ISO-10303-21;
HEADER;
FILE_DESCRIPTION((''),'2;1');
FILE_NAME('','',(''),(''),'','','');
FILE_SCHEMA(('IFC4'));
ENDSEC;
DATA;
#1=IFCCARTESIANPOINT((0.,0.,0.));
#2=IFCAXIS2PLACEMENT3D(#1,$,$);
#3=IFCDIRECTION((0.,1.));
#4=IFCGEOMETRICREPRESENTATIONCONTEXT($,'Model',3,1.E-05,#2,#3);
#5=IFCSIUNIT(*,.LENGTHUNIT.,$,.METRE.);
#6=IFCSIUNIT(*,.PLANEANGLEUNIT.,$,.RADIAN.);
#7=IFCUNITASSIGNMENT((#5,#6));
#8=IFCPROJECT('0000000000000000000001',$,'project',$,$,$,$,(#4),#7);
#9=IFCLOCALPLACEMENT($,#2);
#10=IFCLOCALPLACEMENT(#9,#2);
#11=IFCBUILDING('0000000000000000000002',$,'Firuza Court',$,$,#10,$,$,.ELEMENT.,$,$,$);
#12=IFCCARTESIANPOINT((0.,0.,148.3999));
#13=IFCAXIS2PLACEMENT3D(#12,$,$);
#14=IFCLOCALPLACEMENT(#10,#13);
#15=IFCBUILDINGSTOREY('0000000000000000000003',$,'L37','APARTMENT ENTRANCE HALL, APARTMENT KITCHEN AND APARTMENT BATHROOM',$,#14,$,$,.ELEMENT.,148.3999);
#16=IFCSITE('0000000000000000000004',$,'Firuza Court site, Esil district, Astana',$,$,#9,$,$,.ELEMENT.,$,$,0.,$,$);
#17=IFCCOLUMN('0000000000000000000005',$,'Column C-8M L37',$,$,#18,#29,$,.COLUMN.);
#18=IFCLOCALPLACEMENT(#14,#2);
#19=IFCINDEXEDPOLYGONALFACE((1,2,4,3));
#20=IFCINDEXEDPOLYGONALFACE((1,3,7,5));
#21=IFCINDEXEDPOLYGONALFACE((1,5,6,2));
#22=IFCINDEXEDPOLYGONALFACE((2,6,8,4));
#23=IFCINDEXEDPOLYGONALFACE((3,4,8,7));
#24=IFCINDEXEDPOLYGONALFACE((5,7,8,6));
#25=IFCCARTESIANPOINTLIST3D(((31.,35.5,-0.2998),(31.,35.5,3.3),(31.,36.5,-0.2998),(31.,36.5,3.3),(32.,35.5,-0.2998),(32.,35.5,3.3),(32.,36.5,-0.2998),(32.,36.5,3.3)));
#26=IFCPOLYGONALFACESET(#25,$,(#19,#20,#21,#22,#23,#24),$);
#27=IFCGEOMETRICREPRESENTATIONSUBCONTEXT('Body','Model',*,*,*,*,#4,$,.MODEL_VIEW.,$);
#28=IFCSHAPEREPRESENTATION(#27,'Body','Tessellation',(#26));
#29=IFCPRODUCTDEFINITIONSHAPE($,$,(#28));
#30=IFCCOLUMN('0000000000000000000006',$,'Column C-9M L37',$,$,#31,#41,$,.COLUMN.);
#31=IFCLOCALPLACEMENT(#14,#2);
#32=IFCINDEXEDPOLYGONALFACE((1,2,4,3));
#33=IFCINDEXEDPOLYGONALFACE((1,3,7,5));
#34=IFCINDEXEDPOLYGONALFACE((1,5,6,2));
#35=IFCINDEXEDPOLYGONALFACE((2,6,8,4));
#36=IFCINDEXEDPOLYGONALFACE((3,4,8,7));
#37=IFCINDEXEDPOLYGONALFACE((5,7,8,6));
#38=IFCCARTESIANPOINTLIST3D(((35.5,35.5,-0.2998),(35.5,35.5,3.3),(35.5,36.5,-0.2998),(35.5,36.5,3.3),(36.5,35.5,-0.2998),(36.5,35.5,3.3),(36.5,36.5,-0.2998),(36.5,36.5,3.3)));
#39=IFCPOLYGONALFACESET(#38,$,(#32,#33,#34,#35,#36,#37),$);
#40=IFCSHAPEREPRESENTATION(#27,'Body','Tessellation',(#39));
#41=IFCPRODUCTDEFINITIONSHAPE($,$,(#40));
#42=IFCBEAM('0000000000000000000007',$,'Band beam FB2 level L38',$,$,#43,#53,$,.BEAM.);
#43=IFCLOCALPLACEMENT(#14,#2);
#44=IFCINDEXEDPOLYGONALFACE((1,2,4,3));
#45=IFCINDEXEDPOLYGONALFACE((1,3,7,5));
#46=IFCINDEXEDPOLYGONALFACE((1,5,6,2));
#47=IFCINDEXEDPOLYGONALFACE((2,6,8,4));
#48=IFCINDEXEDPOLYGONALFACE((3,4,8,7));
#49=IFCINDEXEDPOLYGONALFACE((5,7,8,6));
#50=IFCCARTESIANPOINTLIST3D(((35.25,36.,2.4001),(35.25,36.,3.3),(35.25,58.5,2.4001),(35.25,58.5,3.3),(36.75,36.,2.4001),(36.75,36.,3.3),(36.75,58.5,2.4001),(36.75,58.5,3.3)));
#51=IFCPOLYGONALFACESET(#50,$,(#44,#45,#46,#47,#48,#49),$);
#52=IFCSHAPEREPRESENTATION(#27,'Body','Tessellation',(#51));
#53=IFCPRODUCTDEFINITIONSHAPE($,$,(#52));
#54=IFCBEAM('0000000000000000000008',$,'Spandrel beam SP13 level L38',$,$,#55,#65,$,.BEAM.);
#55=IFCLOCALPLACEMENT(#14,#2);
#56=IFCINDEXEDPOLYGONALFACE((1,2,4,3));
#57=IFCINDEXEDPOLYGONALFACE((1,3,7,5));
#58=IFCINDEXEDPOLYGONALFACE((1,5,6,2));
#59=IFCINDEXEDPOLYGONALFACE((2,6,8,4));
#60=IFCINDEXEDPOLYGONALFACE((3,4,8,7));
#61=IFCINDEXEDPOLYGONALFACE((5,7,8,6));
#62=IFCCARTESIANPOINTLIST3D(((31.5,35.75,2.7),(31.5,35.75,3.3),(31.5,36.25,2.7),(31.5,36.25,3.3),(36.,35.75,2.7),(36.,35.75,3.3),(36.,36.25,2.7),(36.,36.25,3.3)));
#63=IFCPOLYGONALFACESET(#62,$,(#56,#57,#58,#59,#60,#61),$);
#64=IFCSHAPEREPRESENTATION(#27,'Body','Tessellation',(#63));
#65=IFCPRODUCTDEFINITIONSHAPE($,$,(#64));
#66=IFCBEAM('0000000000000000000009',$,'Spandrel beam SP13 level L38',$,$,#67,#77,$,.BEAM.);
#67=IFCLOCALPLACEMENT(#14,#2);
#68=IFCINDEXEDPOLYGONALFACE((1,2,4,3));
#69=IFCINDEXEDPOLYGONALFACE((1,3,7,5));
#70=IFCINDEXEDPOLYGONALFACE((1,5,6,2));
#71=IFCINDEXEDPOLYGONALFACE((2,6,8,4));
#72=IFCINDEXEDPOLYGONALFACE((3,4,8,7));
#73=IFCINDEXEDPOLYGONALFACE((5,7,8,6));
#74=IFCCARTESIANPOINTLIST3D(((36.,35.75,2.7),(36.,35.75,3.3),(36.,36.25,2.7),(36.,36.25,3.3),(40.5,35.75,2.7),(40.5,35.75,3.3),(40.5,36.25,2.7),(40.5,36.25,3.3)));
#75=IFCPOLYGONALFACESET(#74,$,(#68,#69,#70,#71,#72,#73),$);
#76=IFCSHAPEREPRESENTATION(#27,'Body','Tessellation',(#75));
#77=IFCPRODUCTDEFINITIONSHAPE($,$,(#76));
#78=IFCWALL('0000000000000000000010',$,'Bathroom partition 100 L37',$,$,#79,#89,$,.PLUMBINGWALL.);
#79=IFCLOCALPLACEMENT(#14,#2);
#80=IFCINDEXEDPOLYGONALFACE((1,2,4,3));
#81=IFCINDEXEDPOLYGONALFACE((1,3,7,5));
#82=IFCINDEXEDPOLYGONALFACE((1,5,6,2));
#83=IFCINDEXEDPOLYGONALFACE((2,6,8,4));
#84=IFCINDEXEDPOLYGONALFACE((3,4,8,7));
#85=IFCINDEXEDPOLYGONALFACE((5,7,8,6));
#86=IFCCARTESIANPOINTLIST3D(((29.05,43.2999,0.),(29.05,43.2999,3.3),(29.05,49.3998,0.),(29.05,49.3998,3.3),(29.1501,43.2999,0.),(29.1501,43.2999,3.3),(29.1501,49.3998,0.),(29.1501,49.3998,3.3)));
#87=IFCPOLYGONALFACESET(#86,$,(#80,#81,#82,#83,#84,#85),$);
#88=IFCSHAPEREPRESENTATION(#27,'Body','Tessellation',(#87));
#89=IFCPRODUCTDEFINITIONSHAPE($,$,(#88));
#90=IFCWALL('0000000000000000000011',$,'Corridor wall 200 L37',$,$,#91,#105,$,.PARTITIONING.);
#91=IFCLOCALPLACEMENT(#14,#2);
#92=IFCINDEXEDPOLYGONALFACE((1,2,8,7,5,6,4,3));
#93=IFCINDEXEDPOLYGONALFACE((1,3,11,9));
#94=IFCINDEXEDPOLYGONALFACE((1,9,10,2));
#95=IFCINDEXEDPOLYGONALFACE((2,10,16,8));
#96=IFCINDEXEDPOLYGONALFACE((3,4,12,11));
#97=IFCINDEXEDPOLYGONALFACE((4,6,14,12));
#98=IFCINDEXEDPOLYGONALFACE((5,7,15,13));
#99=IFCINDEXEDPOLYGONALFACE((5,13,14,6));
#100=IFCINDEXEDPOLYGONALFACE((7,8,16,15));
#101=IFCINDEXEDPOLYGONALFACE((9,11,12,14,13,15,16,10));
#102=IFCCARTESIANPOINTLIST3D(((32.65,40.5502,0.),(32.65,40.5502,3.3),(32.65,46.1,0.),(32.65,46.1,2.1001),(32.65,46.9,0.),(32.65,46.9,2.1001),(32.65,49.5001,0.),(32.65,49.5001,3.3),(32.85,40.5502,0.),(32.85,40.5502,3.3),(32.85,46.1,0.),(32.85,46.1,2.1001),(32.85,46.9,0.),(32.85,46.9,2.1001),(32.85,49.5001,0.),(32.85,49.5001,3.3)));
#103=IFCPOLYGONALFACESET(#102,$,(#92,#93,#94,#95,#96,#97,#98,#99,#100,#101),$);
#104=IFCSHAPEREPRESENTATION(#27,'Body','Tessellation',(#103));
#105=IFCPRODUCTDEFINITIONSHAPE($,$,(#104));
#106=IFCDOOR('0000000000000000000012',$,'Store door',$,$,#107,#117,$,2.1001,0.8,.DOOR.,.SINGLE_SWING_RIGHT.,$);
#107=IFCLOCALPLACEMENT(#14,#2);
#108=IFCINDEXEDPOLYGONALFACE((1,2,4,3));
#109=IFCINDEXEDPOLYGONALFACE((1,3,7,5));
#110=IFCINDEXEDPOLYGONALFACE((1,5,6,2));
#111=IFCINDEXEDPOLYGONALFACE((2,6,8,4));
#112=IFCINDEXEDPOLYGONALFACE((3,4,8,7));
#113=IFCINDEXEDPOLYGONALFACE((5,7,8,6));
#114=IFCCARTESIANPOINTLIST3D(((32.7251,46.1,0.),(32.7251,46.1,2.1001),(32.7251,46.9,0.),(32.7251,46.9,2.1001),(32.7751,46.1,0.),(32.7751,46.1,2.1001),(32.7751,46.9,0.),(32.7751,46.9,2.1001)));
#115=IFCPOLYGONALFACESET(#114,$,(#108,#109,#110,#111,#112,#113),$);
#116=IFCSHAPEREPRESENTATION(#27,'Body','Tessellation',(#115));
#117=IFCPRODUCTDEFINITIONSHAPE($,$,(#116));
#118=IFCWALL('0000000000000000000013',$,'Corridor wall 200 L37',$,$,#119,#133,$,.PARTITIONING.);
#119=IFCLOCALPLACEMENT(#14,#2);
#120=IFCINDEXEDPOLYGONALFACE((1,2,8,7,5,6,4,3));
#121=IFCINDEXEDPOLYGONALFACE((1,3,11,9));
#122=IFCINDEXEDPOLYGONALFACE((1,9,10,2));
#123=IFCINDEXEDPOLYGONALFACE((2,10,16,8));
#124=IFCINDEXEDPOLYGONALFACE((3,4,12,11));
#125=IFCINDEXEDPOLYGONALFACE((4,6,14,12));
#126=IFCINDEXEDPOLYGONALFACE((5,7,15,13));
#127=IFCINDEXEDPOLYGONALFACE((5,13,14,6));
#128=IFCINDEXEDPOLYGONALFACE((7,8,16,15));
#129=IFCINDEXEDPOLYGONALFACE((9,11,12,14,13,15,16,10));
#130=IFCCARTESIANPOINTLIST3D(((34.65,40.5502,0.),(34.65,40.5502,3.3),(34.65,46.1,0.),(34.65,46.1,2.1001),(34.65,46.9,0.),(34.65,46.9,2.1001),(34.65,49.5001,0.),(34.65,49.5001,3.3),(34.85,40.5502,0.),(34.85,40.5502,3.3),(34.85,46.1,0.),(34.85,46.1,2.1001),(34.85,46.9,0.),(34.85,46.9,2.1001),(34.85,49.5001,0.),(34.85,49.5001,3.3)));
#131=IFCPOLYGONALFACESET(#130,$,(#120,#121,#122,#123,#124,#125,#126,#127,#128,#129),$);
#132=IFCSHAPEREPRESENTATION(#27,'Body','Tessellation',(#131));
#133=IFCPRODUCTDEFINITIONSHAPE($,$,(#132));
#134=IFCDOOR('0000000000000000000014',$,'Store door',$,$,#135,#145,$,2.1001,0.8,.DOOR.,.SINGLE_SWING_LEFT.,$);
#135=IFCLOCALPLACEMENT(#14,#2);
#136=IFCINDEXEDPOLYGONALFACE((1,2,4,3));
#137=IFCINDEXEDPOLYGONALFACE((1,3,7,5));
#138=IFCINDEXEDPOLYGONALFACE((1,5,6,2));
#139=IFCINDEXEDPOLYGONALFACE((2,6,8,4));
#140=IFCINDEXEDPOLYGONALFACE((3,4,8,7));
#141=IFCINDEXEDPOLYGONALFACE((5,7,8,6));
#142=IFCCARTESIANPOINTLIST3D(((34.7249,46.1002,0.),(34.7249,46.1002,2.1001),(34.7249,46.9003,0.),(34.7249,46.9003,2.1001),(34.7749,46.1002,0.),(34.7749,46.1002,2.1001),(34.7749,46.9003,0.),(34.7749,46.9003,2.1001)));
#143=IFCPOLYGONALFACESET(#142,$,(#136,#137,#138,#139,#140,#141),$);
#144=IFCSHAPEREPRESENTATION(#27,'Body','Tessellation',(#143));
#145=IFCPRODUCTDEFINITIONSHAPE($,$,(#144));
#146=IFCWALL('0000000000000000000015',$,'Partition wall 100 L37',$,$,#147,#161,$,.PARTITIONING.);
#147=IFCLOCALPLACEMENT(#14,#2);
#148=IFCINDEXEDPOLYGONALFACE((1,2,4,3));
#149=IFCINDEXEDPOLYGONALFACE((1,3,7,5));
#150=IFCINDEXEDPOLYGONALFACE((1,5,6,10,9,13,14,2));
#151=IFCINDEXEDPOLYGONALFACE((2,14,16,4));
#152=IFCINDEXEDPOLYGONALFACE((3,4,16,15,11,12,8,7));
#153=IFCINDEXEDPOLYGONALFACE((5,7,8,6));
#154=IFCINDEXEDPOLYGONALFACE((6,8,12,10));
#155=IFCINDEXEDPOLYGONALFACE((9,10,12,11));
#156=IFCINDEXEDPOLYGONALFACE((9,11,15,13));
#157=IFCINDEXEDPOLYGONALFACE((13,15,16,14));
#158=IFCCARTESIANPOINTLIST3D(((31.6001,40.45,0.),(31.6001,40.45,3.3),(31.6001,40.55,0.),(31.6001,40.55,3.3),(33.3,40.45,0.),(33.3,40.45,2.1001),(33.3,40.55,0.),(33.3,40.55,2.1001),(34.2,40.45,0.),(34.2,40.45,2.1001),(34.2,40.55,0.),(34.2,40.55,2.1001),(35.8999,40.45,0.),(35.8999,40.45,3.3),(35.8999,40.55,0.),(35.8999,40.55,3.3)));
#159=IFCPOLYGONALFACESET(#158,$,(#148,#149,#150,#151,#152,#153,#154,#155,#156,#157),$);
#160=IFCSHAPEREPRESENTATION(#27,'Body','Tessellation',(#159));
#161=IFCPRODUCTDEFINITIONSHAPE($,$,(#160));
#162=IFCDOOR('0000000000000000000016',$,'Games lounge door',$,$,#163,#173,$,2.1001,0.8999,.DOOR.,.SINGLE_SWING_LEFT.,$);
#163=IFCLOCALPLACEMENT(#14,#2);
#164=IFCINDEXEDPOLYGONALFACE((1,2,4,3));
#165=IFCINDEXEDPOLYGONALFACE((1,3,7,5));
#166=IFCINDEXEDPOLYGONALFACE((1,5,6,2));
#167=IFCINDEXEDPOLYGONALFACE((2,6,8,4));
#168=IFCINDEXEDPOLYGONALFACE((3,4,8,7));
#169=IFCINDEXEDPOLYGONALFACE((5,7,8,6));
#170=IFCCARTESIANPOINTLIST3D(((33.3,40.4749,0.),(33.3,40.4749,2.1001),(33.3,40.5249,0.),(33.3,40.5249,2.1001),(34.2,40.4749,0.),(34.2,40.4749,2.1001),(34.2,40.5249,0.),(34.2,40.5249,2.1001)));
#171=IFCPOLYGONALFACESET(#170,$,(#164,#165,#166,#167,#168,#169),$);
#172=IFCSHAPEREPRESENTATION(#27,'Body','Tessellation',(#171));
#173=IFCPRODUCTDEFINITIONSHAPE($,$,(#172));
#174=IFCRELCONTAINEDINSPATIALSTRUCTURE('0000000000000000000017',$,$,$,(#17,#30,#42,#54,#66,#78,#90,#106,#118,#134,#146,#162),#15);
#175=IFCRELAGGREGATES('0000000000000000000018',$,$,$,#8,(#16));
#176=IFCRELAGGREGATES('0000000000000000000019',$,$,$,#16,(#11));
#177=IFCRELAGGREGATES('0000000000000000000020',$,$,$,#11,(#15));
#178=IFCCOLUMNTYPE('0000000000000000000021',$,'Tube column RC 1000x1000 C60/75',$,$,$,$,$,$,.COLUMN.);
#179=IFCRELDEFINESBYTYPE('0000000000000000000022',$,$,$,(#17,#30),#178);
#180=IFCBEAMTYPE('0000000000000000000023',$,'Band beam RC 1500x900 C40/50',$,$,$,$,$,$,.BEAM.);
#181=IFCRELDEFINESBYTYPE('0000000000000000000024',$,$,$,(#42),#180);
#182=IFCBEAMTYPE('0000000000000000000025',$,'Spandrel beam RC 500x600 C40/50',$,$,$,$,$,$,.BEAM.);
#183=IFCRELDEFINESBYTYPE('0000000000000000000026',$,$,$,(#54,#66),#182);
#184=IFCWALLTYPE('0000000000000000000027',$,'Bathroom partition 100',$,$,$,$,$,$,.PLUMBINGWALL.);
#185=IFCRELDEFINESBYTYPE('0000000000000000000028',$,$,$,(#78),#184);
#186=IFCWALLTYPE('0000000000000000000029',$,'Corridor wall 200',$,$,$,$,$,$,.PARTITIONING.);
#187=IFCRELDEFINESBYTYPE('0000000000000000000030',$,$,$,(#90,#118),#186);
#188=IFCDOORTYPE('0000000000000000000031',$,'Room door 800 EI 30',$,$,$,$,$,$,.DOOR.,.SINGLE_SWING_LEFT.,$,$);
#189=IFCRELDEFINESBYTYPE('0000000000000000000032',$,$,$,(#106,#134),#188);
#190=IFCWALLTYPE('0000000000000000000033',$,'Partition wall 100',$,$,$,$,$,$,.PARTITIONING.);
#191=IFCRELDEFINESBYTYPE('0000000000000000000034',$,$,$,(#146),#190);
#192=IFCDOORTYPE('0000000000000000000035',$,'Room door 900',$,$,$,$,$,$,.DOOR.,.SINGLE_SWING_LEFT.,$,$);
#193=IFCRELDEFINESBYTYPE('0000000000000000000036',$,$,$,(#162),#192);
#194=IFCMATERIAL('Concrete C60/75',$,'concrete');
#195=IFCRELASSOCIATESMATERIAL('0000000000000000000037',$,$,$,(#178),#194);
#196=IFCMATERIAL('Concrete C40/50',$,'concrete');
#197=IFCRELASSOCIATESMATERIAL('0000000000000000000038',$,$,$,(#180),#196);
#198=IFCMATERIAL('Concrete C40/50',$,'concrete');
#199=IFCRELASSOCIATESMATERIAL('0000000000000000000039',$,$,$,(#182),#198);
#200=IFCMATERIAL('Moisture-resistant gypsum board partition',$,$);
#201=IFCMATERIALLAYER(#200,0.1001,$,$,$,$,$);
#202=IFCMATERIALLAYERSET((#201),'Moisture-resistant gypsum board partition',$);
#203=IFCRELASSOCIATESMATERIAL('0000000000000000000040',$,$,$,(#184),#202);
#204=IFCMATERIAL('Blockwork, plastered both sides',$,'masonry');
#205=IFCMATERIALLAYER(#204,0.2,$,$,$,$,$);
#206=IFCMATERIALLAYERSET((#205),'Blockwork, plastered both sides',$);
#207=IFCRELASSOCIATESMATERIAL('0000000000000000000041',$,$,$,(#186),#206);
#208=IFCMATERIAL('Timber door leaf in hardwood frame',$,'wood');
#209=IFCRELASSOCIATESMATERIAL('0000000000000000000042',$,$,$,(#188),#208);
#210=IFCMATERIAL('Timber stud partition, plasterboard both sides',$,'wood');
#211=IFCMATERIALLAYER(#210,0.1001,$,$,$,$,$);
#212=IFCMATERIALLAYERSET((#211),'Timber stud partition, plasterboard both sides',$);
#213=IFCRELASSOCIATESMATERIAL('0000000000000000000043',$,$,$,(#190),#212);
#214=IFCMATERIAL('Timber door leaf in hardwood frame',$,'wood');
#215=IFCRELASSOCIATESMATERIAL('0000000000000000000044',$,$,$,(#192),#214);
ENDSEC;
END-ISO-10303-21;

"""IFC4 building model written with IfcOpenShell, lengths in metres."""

from ifc_helpers import new_model, si_unit, direction, frame, frame_2d, origin, origin_2d, place, context, subcontext, project, spatial, rectangle, extrude, material, layer, layer_set, material_profile, profile_set, type_object, element, fill, save


model = new_model("IFC4")

# Units and contexts
model_context = context("Model", 3, precision=1e-05, world=origin(), true_north=direction((0.0, 1.0)))
body_context = subcontext(model_context, "Body", "Model", "MODEL_VIEW")
ifc_project = project(units=[si_unit("LENGTHUNIT", "METRE"), si_unit("PLANEANGLEUNIT", "RADIAN")], contexts=[model_context])

# Site, building, storey
site_placement = place(None, origin())
site = spatial("IfcSite", under=ifc_project, at=site_placement, Name="Firuza Court site, Esil district, Astana", CompositionType="ELEMENT", RefElevation=0.0)
building_placement = place(site_placement, origin())
building = spatial("IfcBuilding", under=site, at=building_placement, Name="Firuza Court", CompositionType="ELEMENT")
storey_placement = place(building_placement, frame((0.0, 0.0, 148.3999)))
storey = spatial("IfcBuildingStorey", under=building, at=storey_placement, Name="L37", Description="APARTMENT ENTRANCE HALL, APARTMENT KITCHEN AND APARTMENT BATHROOM", CompositionType="ELEMENT", Elevation=148.3999)

# Columns
ifc_material_1 = material(Name="Concrete C60/75", Category="concrete")
ifc_material_profile_1 = material_profile(ifc_material_1, rectangle(XDim=1.0, YDim=1.0, at=origin_2d()), Name="RC 1000x1000")
ifc_profile_set_1 = profile_set([ifc_material_profile_1], Name="Concrete C60/75")
column_type = type_object("IfcColumnType", Name="Tube column RC 1000x1000 C60/75", PredefinedType="COLUMN", material=ifc_profile_set_1)
for number, where, z_axis, x_axis, name in (
    (1, (31.5, 36.0, -0.2998), (0.0, 0.0, 1.0), (1.0, 0.0, 0.0), "Column C-8M L37"),
    (2, (36.0, 36.0, -0.2998), (0.0, 0.0, 1.0), (1.0, 0.0, 0.0), "Column C-9M L37"),
):
    element("IfcColumn", number, at=place(storey_placement, frame(where, z_axis=z_axis, x_axis=x_axis)), inside=storey, type_object=column_type, Name=name, PredefinedType="COLUMN", context=body_context, shape_type="SweptSolid", body=[
        extrude(rectangle(XDim=1.0, YDim=1.0, at=origin_2d()), origin(), (0.0, 0.0, 1.0), 3.5999),
    ])

# Beams
ifc_material_2 = material(Name="Concrete C40/50", Category="concrete")
ifc_material_profile_2 = material_profile(ifc_material_2, rectangle(XDim=1.5, YDim=0.8999, at=origin_2d()), Name="RC 1500x900")
ifc_profile_set_2 = profile_set([ifc_material_profile_2], Name="Concrete C40/50")
beam_type_1 = type_object("IfcBeamType", Name="Band beam RC 1500x900 C40/50", PredefinedType="BEAM", material=ifc_profile_set_2)
beam_placement = place(storey_placement, frame((36.0, 36.0, 2.8501), z_axis=(0.0, 1.0, 0.0), x_axis=(-1.0, 0.0, 0.0)))
element("IfcBeam", 3, at=beam_placement, inside=storey, type_object=beam_type_1, Name="Band beam FB2 level L38", PredefinedType="BEAM", context=body_context, shape_type="SweptSolid", body=[
    extrude(rectangle(XDim=1.5, YDim=0.8999, at=origin_2d()), origin(), (0.0, 0.0, 1.0), 22.5),
])
ifc_material_3 = material(Name="Concrete C40/50", Category="concrete")
ifc_material_profile_3 = material_profile(ifc_material_3, rectangle(XDim=0.5, YDim=0.6001, at=origin_2d()), Name="RC 500x600")
ifc_profile_set_3 = profile_set([ifc_material_profile_3], Name="Concrete C40/50")
beam_type_2 = type_object("IfcBeamType", Name="Spandrel beam RC 500x600 C40/50", PredefinedType="BEAM", material=ifc_profile_set_3)
for number, where, z_axis, x_axis, name in (
    (4, (31.5, 36.0, 3.0), (1.0, 0.0, 0.0), (0.0, 1.0, 0.0), "Spandrel beam SP13 level L38"),
    (5, (36.0, 36.0, 3.0), (1.0, 0.0, 0.0), (0.0, 1.0, 0.0), "Spandrel beam SP13 level L38"),
):
    element("IfcBeam", number, at=place(storey_placement, frame(where, z_axis=z_axis, x_axis=x_axis)), inside=storey, type_object=beam_type_2, Name=name, PredefinedType="BEAM", context=body_context, shape_type="SweptSolid", body=[
        extrude(rectangle(XDim=0.5, YDim=0.6001, at=origin_2d()), origin(), (0.0, 0.0, 1.0), 4.5),
    ])

# Wall
ifc_material_4 = material(Name="Moisture-resistant gypsum board partition")
ifc_layer_1 = layer(ifc_material_4, 0.1001)
ifc_layer_set_1 = layer_set([ifc_layer_1], Name="Moisture-resistant gypsum board partition")
wall_type_1 = type_object("IfcWallType", Name="Bathroom partition 100", PredefinedType="PLUMBINGWALL", material=ifc_layer_set_1)
wall_1_placement = place(storey_placement, frame((29.1001, 43.3, 0.0), z_axis=(0.0, 0.0, 1.0), x_axis=(0.0, 1.0, 0.0)))
element("IfcWall", 6, at=wall_1_placement, inside=storey, type_object=wall_type_1, Name="Bathroom partition 100 L37", PredefinedType="PLUMBINGWALL", context=body_context, shape_type="SweptSolid", body=[
    extrude(rectangle(XDim=6.0999, YDim=0.1001, at=frame_2d((3.0498, 0.0))), origin(), (0.0, 0.0, 1.0), 3.3),
])

# Walls, openings, doors
ifc_material_5 = material(Name="Blockwork, plastered both sides", Category="masonry")
ifc_layer_2 = layer(ifc_material_5, 0.2)
ifc_layer_set_2 = layer_set([ifc_layer_2], Name="Blockwork, plastered both sides")
wall_type_2 = type_object("IfcWallType", Name="Corridor wall 200", PredefinedType="PARTITIONING", material=ifc_layer_set_2)
wall_2_placement = place(storey_placement, frame((32.75, 40.55, 0.0), z_axis=(0.0, 0.0, 1.0), x_axis=(0.0, 1.0, 0.0)))
wall_2 = element("IfcWall", 7, at=wall_2_placement, inside=storey, type_object=wall_type_2, Name="Corridor wall 200 L37", PredefinedType="PARTITIONING", context=body_context, shape_type="SweptSolid", body=[
    extrude(rectangle(XDim=8.95, YDim=0.2, at=frame_2d((4.4751, 0.0))), origin(), (0.0, 0.0, 1.0), 3.3),
])
opening_1_placement = place(wall_2_placement, frame((5.55, 0.0, 0.0)))
opening_1 = element("IfcOpeningElement", 8, at=opening_1_placement, cuts=wall_2, PredefinedType="OPENING", context=body_context, shape_type="SweptSolid", body=[
    extrude(rectangle(XDim=0.8, YDim=2.1001, at=frame_2d((0.3999, 1.05))), frame((0.0, 0.1118, 0.0), z_axis=(0.0, -1.0, 0.0), x_axis=(1.0, 0.0, 0.0)), (0.0, 0.0, 1.0), 0.2239),
])
ifc_material_6 = material(Name="Timber door leaf in hardwood frame", Category="wood")
door_type_1 = type_object("IfcDoorType", Name="Room door 800 EI 30", OperationType="SINGLE_SWING_LEFT", PredefinedType="DOOR", material=ifc_material_6)
door_1_placement = place(opening_1_placement, origin())
door_1 = element("IfcDoor", 9, at=door_1_placement, inside=storey, type_object=door_type_1, Name="Store door", OperationType="SINGLE_SWING_RIGHT", OverallHeight=2.1001, OverallWidth=0.8, PredefinedType="DOOR", context=body_context, shape_type="SweptSolid", body=[
    extrude(rectangle(XDim=0.8, YDim=2.1001, at=frame_2d((0.3999, 1.05))), frame((0.0, 0.0249, 0.0), z_axis=(0.0, -1.0, 0.0), x_axis=(1.0, 0.0, 0.0)), (0.0, 0.0, 1.0), 0.05),
])
fill(opening_1, door_1)
wall_3_placement = place(storey_placement, frame((34.75, 40.55, 0.0), z_axis=(0.0, 0.0, 1.0), x_axis=(0.0, 1.0, 0.0)))
wall_3 = element("IfcWall", 10, at=wall_3_placement, inside=storey, type_object=wall_type_2, Name="Corridor wall 200 L37", PredefinedType="PARTITIONING", context=body_context, shape_type="SweptSolid", body=[
    extrude(rectangle(XDim=8.95, YDim=0.2, at=frame_2d((4.4751, 0.0))), origin(), (0.0, 0.0, 1.0), 3.3),
])
opening_2_placement = place(wall_3_placement, frame((5.55, 0.0, 0.0)))
opening_2 = element("IfcOpeningElement", 11, at=opening_2_placement, cuts=wall_3, PredefinedType="OPENING", context=body_context, shape_type="SweptSolid", body=[
    extrude(rectangle(XDim=0.8, YDim=2.1001, at=frame_2d((0.3999, 1.05))), frame((0.0, 0.1118, 0.0), z_axis=(0.0, -1.0, 0.0), x_axis=(1.0, 0.0, 0.0)), (0.0, 0.0, 1.0), 0.2239),
])
door_2_placement = place(opening_2_placement, frame((0.8, 0.0, 0.0), z_axis=(0.0, 0.0, 1.0), x_axis=(-1.0, 0.0, 0.0)))
door_2 = element("IfcDoor", 12, at=door_2_placement, inside=storey, type_object=door_type_1, Name="Store door", OperationType="SINGLE_SWING_LEFT", OverallHeight=2.1001, OverallWidth=0.8, PredefinedType="DOOR", context=body_context, shape_type="SweptSolid", body=[
    extrude(rectangle(XDim=0.8, YDim=2.1001, at=frame_2d((0.3999, 1.05))), frame((0.0, 0.0249, 0.0), z_axis=(0.0, -1.0, 0.0), x_axis=(1.0, 0.0, 0.0)), (0.0, 0.0, 1.0), 0.05),
])
fill(opening_2, door_2)
ifc_material_7 = material(Name="Timber stud partition, plasterboard both sides", Category="wood")
ifc_layer_3 = layer(ifc_material_7, 0.1001)
ifc_layer_set_3 = layer_set([ifc_layer_3], Name="Timber stud partition, plasterboard both sides")
wall_type_3 = type_object("IfcWallType", Name="Partition wall 100", PredefinedType="PARTITIONING", material=ifc_layer_set_3)
wall_4_placement = place(storey_placement, frame((31.6001, 40.5, 0.0), z_axis=(0.0, 0.0, 1.0), x_axis=(1.0, 0.0, 0.0)))
wall_4 = element("IfcWall", 13, at=wall_4_placement, inside=storey, type_object=wall_type_3, Name="Partition wall 100 L37", PredefinedType="PARTITIONING", context=body_context, shape_type="SweptSolid", body=[
    extrude(rectangle(XDim=4.2998, YDim=0.1001, at=frame_2d((2.1499, 0.0))), origin(), (0.0, 0.0, 1.0), 3.3),
])
opening_3_placement = place(wall_4_placement, frame((1.7, 0.0, 0.0)))
opening_3 = element("IfcOpeningElement", 14, at=opening_3_placement, cuts=wall_4, PredefinedType="OPENING", context=body_context, shape_type="SweptSolid", body=[
    extrude(rectangle(XDim=0.8999, YDim=2.1001, at=frame_2d((0.45, 1.05))), frame((0.0, 0.062, 0.0), z_axis=(0.0, -1.0, 0.0), x_axis=(1.0, 0.0, 0.0)), (0.0, 0.0, 1.0), 0.124),
])
ifc_material_8 = material(Name="Timber door leaf in hardwood frame", Category="wood")
door_type_2 = type_object("IfcDoorType", Name="Room door 900", OperationType="SINGLE_SWING_LEFT", PredefinedType="DOOR", material=ifc_material_8)
door_3_placement = place(opening_3_placement, origin())
door_3 = element("IfcDoor", 15, at=door_3_placement, inside=storey, type_object=door_type_2, Name="Games lounge door", OperationType="SINGLE_SWING_LEFT", OverallHeight=2.1001, OverallWidth=0.8999, PredefinedType="DOOR", context=body_context, shape_type="SweptSolid", body=[
    extrude(rectangle(XDim=0.8999, YDim=2.1001, at=frame_2d((0.45, 1.05))), frame((0.0, 0.0249, 0.0), z_axis=(0.0, -1.0, 0.0), x_axis=(1.0, 0.0, 0.0)), (0.0, 0.0, 1.0), 0.05),
])
fill(opening_3, door_3)

save(model, "model.ifc")
